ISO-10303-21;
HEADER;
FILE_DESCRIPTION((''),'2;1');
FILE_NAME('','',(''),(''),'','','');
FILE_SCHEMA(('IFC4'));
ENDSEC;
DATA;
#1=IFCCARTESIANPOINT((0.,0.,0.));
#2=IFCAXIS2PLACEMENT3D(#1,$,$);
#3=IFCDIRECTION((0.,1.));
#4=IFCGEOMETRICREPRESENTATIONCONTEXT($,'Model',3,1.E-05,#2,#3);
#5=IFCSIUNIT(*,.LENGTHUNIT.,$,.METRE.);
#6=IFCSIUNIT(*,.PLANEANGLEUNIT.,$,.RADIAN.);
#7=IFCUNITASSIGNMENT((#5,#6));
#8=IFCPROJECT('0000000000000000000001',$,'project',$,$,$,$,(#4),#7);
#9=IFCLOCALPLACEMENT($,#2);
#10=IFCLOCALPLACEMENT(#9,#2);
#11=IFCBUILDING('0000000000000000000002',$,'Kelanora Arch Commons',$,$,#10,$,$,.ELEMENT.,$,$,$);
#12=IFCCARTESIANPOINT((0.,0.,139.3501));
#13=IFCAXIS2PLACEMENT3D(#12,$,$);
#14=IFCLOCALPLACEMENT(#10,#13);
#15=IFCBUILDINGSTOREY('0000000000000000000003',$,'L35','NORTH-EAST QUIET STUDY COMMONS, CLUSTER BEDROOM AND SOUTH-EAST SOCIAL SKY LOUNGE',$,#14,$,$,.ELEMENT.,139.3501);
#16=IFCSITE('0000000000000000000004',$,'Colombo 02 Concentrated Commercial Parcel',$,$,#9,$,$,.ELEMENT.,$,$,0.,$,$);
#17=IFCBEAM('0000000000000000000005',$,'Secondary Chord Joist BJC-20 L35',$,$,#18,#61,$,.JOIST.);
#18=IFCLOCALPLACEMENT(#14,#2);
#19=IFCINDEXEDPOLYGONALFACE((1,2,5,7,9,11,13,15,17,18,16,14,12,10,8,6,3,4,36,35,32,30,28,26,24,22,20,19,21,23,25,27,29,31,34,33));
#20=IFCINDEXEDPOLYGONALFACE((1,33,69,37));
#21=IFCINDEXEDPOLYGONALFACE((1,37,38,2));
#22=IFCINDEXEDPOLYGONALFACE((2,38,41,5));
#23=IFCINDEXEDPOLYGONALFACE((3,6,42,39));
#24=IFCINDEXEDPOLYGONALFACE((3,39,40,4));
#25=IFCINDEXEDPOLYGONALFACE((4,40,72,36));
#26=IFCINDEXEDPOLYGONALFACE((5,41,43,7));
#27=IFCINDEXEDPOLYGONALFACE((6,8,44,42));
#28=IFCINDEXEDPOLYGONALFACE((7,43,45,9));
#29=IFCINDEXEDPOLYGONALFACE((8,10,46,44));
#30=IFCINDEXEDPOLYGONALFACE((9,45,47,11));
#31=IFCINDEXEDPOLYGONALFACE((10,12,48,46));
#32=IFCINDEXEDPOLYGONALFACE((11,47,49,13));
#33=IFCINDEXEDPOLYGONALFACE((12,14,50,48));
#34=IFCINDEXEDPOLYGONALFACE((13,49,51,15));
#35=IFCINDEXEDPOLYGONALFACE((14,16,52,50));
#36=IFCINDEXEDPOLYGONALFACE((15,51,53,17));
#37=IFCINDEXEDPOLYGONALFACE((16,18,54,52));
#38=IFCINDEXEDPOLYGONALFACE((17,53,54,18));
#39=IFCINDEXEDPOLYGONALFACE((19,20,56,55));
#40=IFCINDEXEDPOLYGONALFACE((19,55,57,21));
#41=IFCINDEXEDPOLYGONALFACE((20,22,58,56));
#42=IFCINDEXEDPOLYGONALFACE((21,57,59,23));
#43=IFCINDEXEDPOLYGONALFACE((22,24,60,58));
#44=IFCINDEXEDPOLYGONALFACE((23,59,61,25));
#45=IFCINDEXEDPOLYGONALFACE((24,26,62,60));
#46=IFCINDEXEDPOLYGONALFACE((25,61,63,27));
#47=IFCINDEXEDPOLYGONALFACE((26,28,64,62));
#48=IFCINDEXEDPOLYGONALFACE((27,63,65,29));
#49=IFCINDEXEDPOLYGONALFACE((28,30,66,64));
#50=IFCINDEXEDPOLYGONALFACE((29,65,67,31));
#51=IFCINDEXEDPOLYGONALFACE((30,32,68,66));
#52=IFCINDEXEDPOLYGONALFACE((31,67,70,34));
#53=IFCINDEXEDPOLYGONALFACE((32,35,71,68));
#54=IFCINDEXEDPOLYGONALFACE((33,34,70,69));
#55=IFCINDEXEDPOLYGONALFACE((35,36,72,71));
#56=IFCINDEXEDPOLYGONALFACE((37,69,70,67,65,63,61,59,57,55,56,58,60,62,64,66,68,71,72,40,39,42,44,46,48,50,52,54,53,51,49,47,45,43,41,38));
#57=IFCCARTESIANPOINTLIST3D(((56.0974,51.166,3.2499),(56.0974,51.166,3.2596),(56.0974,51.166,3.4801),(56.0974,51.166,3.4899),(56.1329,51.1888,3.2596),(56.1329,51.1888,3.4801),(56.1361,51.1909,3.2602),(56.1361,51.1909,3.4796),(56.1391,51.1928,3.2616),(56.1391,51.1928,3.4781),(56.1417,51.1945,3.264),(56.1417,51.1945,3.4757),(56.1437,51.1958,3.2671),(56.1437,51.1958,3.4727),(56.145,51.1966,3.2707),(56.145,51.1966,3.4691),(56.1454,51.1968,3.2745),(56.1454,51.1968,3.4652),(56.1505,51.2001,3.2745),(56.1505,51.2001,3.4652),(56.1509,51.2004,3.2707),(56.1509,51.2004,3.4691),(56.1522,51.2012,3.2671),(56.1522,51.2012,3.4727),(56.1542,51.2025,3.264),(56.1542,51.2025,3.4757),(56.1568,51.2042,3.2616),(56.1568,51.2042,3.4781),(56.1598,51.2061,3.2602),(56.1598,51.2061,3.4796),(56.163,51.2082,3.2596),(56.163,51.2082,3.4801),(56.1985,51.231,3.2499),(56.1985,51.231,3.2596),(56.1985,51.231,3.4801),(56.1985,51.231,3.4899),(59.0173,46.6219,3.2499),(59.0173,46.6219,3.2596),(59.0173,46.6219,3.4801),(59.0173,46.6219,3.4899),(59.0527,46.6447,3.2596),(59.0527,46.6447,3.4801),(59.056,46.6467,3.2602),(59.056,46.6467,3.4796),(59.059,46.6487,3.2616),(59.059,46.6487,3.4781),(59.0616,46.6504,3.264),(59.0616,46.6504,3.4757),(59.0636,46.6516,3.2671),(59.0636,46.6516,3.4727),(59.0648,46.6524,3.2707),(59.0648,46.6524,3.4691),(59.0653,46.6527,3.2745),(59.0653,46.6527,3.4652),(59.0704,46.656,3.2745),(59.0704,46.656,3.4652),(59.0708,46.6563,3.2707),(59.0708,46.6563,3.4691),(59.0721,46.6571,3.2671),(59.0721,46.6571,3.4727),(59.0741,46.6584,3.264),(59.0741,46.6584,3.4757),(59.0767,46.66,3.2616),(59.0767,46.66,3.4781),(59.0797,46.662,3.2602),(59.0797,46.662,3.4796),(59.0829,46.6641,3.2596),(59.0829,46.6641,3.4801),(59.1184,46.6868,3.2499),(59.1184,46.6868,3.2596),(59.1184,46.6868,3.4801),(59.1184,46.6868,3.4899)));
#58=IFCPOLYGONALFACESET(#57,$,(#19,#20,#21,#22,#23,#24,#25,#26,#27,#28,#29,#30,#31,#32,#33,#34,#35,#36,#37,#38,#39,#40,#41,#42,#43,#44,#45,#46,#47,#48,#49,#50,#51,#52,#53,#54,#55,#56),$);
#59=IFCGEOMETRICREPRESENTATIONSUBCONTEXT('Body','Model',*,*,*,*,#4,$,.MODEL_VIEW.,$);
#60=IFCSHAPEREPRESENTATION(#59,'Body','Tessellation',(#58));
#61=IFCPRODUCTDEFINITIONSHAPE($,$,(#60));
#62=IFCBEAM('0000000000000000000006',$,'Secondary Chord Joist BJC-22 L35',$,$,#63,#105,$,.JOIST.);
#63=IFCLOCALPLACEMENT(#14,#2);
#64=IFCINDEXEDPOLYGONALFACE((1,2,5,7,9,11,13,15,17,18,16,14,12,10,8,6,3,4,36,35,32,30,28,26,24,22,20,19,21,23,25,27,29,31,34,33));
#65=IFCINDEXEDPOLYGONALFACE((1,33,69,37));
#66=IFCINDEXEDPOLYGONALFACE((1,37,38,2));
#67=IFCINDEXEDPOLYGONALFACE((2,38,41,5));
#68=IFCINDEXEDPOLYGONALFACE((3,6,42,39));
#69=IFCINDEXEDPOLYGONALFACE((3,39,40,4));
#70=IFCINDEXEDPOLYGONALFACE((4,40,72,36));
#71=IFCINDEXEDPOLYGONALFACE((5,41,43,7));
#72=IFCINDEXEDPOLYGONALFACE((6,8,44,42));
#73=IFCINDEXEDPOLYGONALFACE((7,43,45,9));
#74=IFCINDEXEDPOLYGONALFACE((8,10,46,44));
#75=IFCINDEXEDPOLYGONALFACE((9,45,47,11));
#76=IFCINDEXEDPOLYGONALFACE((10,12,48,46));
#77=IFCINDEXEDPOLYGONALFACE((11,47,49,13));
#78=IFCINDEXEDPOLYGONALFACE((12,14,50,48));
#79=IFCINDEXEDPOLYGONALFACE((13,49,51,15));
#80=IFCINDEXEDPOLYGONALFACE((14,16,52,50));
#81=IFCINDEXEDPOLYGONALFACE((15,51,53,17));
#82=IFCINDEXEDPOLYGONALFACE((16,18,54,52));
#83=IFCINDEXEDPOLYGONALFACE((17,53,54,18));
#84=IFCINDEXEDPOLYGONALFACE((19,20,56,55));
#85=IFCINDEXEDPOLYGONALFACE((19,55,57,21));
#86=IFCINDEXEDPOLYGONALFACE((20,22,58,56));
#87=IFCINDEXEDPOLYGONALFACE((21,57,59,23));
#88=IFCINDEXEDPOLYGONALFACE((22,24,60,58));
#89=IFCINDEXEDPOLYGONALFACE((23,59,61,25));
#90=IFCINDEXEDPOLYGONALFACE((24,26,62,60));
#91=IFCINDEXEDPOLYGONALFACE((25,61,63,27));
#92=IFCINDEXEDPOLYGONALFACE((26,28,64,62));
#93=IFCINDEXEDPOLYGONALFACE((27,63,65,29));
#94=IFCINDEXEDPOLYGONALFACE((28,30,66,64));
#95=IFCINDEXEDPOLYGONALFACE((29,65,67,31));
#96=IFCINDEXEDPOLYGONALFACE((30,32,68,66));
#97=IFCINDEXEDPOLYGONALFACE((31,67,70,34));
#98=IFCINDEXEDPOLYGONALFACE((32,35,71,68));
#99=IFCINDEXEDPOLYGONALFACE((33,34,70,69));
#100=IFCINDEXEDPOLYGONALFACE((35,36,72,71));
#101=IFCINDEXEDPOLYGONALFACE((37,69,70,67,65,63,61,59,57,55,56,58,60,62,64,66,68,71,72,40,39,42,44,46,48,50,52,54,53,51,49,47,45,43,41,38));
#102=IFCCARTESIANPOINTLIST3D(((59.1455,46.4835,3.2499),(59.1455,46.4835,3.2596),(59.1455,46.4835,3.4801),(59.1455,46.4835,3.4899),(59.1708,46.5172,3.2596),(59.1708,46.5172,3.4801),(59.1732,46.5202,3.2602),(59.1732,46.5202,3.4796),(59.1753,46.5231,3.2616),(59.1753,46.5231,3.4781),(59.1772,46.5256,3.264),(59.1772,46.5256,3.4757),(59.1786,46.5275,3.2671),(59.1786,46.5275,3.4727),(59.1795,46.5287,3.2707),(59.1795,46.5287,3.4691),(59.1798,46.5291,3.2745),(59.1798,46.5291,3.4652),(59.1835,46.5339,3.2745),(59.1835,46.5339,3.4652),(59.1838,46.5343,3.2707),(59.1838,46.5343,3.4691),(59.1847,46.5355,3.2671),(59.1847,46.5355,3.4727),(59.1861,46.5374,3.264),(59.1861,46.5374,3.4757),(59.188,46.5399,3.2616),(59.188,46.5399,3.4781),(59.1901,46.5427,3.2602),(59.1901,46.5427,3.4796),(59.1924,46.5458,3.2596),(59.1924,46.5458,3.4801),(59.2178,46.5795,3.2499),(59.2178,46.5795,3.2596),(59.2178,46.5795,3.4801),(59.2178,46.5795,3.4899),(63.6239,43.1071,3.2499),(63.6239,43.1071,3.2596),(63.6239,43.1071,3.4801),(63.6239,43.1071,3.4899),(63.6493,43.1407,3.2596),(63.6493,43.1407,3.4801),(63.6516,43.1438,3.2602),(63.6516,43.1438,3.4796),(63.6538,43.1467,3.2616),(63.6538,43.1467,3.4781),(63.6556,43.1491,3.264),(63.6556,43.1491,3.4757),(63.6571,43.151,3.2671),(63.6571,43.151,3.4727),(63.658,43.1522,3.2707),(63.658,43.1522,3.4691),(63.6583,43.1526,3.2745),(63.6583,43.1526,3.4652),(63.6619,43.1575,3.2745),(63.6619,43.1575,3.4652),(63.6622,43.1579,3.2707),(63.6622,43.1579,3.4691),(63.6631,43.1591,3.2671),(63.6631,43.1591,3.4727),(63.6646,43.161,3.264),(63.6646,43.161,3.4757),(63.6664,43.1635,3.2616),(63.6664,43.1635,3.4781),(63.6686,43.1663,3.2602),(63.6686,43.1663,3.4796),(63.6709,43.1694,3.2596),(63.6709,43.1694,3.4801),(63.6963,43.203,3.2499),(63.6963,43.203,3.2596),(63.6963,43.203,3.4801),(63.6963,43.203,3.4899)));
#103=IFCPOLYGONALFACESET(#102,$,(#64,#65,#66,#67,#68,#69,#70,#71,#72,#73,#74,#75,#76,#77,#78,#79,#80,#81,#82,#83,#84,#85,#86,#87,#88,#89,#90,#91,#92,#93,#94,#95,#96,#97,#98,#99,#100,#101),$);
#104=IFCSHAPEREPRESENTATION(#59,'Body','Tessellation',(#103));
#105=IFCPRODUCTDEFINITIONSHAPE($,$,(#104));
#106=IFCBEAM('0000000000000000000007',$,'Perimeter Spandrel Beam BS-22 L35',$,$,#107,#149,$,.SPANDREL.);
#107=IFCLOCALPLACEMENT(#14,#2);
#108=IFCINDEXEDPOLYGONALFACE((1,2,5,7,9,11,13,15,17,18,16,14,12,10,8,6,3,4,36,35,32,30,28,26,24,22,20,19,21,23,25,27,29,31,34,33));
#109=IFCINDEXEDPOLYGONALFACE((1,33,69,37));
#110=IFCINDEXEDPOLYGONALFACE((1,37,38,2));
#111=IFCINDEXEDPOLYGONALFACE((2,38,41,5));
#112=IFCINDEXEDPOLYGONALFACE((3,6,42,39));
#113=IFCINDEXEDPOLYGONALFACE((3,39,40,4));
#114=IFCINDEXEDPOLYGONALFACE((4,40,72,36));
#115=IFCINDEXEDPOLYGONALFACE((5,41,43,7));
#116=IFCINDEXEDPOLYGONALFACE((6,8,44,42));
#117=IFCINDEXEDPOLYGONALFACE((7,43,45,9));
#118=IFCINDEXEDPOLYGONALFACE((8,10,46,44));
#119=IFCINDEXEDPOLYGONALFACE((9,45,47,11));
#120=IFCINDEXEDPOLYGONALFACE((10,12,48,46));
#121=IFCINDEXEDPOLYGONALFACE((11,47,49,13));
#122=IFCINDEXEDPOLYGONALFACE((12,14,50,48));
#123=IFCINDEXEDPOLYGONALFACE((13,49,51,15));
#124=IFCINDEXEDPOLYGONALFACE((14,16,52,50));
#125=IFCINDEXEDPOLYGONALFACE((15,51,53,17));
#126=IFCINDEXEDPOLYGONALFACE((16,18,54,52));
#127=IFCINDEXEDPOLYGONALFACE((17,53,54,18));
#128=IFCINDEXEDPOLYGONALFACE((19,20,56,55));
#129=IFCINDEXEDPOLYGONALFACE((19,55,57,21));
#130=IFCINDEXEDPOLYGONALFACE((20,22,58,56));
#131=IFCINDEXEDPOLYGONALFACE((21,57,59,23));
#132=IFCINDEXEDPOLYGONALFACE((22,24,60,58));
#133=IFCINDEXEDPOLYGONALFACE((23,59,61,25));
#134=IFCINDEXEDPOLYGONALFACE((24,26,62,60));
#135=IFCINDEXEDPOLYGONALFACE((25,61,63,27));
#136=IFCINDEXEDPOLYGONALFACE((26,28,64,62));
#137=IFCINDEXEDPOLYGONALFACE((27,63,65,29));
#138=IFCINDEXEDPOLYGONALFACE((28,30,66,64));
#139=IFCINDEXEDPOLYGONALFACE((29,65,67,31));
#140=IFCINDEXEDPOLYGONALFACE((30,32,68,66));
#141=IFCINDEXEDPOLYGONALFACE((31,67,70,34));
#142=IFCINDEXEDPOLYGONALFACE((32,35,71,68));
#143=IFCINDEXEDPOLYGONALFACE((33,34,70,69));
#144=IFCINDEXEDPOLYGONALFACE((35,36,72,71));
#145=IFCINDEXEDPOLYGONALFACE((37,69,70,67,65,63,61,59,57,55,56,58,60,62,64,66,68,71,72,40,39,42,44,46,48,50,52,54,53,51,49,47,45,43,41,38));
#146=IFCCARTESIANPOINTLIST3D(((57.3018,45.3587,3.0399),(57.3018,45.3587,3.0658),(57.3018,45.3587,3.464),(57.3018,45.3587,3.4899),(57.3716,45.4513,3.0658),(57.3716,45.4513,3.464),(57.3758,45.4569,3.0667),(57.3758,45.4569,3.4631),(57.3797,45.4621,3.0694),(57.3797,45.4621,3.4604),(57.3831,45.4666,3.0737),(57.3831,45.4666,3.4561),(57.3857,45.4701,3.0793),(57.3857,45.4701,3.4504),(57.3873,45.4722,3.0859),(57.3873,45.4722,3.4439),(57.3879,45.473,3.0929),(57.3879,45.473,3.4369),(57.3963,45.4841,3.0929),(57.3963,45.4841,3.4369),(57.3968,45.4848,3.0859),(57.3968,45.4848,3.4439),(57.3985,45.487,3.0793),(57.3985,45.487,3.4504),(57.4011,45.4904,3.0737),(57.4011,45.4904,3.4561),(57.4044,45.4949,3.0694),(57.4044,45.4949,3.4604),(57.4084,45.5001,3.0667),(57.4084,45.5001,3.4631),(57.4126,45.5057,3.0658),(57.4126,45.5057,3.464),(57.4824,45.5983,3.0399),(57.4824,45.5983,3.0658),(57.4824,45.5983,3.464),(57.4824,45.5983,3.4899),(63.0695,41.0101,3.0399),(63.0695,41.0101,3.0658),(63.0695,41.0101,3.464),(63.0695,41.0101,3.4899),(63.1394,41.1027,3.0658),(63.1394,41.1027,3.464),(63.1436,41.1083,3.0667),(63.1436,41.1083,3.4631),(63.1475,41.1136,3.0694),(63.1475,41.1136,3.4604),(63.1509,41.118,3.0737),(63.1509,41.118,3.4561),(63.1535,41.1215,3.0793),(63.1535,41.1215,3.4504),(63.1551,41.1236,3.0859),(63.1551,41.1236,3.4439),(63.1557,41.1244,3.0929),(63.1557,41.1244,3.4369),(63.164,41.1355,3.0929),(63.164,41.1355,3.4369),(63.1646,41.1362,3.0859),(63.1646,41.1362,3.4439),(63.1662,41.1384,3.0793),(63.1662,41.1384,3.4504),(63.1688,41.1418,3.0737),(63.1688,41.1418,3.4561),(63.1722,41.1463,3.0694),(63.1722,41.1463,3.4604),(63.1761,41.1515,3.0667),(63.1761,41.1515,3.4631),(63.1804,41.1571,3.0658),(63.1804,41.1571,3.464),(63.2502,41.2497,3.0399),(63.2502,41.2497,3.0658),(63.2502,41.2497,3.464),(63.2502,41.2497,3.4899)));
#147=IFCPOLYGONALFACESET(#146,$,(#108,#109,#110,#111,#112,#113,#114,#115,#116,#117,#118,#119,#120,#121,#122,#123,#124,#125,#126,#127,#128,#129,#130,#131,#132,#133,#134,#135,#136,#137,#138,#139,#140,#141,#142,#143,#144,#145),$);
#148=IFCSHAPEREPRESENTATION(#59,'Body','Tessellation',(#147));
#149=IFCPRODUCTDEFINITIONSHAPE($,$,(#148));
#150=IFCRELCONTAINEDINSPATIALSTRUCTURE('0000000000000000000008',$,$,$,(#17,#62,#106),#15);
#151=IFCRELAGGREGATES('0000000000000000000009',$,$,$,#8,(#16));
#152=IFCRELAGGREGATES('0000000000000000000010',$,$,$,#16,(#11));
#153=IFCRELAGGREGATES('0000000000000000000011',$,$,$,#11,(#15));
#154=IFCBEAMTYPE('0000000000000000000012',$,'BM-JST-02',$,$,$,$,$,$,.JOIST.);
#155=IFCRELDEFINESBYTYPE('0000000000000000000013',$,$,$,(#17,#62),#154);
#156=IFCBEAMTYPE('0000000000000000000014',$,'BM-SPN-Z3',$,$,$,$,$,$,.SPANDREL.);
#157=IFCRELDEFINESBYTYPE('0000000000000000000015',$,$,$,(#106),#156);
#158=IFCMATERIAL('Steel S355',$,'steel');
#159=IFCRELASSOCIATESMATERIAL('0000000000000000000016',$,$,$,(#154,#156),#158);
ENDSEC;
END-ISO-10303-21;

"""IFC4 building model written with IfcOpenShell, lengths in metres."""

from ifc_helpers import new_model, si_unit, direction, frame, origin, origin_2d, place, context, subcontext, project, spatial, i_section, extrude, material, material_profile, profile_set, type_object, element, save


model = new_model("IFC4")

# Units and contexts
model_context = context("Model", 3, precision=1e-05, world=origin(), true_north=direction((0.0, 1.0)))
body_context = subcontext(model_context, "Body", "Model", "MODEL_VIEW")
ifc_project = project(units=[si_unit("LENGTHUNIT", "METRE"), si_unit("PLANEANGLEUNIT", "RADIAN")], contexts=[model_context])

# Site, building, storey
site_placement = place(None, origin())
site = spatial("IfcSite", under=ifc_project, at=site_placement, Name="Colombo 02 Concentrated Commercial Parcel", CompositionType="ELEMENT", RefElevation=0.0)
building_placement = place(site_placement, origin())
building = spatial("IfcBuilding", under=site, at=building_placement, Name="Kelanora Arch Commons", CompositionType="ELEMENT")
storey_placement = place(building_placement, frame((0.0, 0.0, 139.3501)))
storey = spatial("IfcBuildingStorey", under=building, at=storey_placement, Name="L35", Description="NORTH-EAST QUIET STUDY COMMONS, CLUSTER BEDROOM AND SOUTH-EAST SOCIAL SKY LOUNGE", CompositionType="ELEMENT", Elevation=139.3501)

# Beams
ifc_material_1 = material(Name="Steel S355", Category="steel")
ifc_material_profile_1 = material_profile(ifc_material_1, i_section(OverallWidth=0.1201, OverallDepth=0.24, WebThickness=0.0061, FlangeThickness=0.0098, FilletRadius=0.0149, at=origin_2d()), Name="IPE240")
ifc_profile_set_1 = profile_set([ifc_material_profile_1], Name="Steel S355")
beam_type_1 = type_object("IfcBeamType", Name="BM-JST-02", PredefinedType="JOIST", material=ifc_profile_set_1)
beam_1_placement = place(storey_placement, frame((56.1479, 51.1985, 3.3699), z_axis=(0.540582, -0.841292, 0.0), x_axis=(0.841292, 0.540582, 0.0)))
element("IfcBeam", 1, at=beam_1_placement, inside=storey, type_object=beam_type_1, Name="Secondary Chord Joist BJC-20 L35", PredefinedType="JOIST", context=body_context, shape_type="SweptSolid", body=[
    extrude(i_section(OverallWidth=0.1201, OverallDepth=0.24, WebThickness=0.0061, FlangeThickness=0.0098, FilletRadius=0.0149, at=origin_2d()), origin(), (0.0, 0.0, 1.0), 5.4014),
])
beam_2_placement = place(storey_placement, frame((59.1816, 46.5315, 3.3699), z_axis=(0.798493, -0.602004, 0.0), x_axis=(0.602004, 0.798493, 0.0)))
element("IfcBeam", 2, at=beam_2_placement, inside=storey, type_object=beam_type_1, Name="Secondary Chord Joist BJC-22 L35", PredefinedType="JOIST", context=body_context, shape_type="SweptSolid", body=[
    extrude(i_section(OverallWidth=0.1201, OverallDepth=0.24, WebThickness=0.0061, FlangeThickness=0.0098, FilletRadius=0.0149, at=origin_2d()), origin(), (0.0, 0.0, 1.0), 5.6086),
])
ifc_material_profile_2 = material_profile(ifc_material_1, i_section(OverallWidth=0.3, OverallDepth=0.45, WebThickness=0.0139, FlangeThickness=0.0259, FilletRadius=0.0271, at=origin_2d()), Name="HEB450")
ifc_profile_set_2 = profile_set([ifc_material_profile_2], Name="Steel S355")
beam_type_2 = type_object("IfcBeamType", Name="BM-SPN-Z3", PredefinedType="SPANDREL", material=ifc_profile_set_2)
beam_3_placement = place(storey_placement, frame((57.3921, 45.4785, 3.2649), z_axis=(0.798485, -0.602015, 0.0), x_axis=(0.602015, 0.798485, 0.0)))
element("IfcBeam", 3, at=beam_3_placement, inside=storey, type_object=beam_type_2, Name="Perimeter Spandrel Beam BS-22 L35", PredefinedType="SPANDREL", context=body_context, shape_type="SweptSolid", body=[
    extrude(i_section(OverallWidth=0.3, OverallDepth=0.45, WebThickness=0.0139, FlangeThickness=0.0259, FilletRadius=0.0271, at=origin_2d()), origin(), (0.0, 0.0, 1.0), 7.2234),
])

save(model, "model.ifc")
